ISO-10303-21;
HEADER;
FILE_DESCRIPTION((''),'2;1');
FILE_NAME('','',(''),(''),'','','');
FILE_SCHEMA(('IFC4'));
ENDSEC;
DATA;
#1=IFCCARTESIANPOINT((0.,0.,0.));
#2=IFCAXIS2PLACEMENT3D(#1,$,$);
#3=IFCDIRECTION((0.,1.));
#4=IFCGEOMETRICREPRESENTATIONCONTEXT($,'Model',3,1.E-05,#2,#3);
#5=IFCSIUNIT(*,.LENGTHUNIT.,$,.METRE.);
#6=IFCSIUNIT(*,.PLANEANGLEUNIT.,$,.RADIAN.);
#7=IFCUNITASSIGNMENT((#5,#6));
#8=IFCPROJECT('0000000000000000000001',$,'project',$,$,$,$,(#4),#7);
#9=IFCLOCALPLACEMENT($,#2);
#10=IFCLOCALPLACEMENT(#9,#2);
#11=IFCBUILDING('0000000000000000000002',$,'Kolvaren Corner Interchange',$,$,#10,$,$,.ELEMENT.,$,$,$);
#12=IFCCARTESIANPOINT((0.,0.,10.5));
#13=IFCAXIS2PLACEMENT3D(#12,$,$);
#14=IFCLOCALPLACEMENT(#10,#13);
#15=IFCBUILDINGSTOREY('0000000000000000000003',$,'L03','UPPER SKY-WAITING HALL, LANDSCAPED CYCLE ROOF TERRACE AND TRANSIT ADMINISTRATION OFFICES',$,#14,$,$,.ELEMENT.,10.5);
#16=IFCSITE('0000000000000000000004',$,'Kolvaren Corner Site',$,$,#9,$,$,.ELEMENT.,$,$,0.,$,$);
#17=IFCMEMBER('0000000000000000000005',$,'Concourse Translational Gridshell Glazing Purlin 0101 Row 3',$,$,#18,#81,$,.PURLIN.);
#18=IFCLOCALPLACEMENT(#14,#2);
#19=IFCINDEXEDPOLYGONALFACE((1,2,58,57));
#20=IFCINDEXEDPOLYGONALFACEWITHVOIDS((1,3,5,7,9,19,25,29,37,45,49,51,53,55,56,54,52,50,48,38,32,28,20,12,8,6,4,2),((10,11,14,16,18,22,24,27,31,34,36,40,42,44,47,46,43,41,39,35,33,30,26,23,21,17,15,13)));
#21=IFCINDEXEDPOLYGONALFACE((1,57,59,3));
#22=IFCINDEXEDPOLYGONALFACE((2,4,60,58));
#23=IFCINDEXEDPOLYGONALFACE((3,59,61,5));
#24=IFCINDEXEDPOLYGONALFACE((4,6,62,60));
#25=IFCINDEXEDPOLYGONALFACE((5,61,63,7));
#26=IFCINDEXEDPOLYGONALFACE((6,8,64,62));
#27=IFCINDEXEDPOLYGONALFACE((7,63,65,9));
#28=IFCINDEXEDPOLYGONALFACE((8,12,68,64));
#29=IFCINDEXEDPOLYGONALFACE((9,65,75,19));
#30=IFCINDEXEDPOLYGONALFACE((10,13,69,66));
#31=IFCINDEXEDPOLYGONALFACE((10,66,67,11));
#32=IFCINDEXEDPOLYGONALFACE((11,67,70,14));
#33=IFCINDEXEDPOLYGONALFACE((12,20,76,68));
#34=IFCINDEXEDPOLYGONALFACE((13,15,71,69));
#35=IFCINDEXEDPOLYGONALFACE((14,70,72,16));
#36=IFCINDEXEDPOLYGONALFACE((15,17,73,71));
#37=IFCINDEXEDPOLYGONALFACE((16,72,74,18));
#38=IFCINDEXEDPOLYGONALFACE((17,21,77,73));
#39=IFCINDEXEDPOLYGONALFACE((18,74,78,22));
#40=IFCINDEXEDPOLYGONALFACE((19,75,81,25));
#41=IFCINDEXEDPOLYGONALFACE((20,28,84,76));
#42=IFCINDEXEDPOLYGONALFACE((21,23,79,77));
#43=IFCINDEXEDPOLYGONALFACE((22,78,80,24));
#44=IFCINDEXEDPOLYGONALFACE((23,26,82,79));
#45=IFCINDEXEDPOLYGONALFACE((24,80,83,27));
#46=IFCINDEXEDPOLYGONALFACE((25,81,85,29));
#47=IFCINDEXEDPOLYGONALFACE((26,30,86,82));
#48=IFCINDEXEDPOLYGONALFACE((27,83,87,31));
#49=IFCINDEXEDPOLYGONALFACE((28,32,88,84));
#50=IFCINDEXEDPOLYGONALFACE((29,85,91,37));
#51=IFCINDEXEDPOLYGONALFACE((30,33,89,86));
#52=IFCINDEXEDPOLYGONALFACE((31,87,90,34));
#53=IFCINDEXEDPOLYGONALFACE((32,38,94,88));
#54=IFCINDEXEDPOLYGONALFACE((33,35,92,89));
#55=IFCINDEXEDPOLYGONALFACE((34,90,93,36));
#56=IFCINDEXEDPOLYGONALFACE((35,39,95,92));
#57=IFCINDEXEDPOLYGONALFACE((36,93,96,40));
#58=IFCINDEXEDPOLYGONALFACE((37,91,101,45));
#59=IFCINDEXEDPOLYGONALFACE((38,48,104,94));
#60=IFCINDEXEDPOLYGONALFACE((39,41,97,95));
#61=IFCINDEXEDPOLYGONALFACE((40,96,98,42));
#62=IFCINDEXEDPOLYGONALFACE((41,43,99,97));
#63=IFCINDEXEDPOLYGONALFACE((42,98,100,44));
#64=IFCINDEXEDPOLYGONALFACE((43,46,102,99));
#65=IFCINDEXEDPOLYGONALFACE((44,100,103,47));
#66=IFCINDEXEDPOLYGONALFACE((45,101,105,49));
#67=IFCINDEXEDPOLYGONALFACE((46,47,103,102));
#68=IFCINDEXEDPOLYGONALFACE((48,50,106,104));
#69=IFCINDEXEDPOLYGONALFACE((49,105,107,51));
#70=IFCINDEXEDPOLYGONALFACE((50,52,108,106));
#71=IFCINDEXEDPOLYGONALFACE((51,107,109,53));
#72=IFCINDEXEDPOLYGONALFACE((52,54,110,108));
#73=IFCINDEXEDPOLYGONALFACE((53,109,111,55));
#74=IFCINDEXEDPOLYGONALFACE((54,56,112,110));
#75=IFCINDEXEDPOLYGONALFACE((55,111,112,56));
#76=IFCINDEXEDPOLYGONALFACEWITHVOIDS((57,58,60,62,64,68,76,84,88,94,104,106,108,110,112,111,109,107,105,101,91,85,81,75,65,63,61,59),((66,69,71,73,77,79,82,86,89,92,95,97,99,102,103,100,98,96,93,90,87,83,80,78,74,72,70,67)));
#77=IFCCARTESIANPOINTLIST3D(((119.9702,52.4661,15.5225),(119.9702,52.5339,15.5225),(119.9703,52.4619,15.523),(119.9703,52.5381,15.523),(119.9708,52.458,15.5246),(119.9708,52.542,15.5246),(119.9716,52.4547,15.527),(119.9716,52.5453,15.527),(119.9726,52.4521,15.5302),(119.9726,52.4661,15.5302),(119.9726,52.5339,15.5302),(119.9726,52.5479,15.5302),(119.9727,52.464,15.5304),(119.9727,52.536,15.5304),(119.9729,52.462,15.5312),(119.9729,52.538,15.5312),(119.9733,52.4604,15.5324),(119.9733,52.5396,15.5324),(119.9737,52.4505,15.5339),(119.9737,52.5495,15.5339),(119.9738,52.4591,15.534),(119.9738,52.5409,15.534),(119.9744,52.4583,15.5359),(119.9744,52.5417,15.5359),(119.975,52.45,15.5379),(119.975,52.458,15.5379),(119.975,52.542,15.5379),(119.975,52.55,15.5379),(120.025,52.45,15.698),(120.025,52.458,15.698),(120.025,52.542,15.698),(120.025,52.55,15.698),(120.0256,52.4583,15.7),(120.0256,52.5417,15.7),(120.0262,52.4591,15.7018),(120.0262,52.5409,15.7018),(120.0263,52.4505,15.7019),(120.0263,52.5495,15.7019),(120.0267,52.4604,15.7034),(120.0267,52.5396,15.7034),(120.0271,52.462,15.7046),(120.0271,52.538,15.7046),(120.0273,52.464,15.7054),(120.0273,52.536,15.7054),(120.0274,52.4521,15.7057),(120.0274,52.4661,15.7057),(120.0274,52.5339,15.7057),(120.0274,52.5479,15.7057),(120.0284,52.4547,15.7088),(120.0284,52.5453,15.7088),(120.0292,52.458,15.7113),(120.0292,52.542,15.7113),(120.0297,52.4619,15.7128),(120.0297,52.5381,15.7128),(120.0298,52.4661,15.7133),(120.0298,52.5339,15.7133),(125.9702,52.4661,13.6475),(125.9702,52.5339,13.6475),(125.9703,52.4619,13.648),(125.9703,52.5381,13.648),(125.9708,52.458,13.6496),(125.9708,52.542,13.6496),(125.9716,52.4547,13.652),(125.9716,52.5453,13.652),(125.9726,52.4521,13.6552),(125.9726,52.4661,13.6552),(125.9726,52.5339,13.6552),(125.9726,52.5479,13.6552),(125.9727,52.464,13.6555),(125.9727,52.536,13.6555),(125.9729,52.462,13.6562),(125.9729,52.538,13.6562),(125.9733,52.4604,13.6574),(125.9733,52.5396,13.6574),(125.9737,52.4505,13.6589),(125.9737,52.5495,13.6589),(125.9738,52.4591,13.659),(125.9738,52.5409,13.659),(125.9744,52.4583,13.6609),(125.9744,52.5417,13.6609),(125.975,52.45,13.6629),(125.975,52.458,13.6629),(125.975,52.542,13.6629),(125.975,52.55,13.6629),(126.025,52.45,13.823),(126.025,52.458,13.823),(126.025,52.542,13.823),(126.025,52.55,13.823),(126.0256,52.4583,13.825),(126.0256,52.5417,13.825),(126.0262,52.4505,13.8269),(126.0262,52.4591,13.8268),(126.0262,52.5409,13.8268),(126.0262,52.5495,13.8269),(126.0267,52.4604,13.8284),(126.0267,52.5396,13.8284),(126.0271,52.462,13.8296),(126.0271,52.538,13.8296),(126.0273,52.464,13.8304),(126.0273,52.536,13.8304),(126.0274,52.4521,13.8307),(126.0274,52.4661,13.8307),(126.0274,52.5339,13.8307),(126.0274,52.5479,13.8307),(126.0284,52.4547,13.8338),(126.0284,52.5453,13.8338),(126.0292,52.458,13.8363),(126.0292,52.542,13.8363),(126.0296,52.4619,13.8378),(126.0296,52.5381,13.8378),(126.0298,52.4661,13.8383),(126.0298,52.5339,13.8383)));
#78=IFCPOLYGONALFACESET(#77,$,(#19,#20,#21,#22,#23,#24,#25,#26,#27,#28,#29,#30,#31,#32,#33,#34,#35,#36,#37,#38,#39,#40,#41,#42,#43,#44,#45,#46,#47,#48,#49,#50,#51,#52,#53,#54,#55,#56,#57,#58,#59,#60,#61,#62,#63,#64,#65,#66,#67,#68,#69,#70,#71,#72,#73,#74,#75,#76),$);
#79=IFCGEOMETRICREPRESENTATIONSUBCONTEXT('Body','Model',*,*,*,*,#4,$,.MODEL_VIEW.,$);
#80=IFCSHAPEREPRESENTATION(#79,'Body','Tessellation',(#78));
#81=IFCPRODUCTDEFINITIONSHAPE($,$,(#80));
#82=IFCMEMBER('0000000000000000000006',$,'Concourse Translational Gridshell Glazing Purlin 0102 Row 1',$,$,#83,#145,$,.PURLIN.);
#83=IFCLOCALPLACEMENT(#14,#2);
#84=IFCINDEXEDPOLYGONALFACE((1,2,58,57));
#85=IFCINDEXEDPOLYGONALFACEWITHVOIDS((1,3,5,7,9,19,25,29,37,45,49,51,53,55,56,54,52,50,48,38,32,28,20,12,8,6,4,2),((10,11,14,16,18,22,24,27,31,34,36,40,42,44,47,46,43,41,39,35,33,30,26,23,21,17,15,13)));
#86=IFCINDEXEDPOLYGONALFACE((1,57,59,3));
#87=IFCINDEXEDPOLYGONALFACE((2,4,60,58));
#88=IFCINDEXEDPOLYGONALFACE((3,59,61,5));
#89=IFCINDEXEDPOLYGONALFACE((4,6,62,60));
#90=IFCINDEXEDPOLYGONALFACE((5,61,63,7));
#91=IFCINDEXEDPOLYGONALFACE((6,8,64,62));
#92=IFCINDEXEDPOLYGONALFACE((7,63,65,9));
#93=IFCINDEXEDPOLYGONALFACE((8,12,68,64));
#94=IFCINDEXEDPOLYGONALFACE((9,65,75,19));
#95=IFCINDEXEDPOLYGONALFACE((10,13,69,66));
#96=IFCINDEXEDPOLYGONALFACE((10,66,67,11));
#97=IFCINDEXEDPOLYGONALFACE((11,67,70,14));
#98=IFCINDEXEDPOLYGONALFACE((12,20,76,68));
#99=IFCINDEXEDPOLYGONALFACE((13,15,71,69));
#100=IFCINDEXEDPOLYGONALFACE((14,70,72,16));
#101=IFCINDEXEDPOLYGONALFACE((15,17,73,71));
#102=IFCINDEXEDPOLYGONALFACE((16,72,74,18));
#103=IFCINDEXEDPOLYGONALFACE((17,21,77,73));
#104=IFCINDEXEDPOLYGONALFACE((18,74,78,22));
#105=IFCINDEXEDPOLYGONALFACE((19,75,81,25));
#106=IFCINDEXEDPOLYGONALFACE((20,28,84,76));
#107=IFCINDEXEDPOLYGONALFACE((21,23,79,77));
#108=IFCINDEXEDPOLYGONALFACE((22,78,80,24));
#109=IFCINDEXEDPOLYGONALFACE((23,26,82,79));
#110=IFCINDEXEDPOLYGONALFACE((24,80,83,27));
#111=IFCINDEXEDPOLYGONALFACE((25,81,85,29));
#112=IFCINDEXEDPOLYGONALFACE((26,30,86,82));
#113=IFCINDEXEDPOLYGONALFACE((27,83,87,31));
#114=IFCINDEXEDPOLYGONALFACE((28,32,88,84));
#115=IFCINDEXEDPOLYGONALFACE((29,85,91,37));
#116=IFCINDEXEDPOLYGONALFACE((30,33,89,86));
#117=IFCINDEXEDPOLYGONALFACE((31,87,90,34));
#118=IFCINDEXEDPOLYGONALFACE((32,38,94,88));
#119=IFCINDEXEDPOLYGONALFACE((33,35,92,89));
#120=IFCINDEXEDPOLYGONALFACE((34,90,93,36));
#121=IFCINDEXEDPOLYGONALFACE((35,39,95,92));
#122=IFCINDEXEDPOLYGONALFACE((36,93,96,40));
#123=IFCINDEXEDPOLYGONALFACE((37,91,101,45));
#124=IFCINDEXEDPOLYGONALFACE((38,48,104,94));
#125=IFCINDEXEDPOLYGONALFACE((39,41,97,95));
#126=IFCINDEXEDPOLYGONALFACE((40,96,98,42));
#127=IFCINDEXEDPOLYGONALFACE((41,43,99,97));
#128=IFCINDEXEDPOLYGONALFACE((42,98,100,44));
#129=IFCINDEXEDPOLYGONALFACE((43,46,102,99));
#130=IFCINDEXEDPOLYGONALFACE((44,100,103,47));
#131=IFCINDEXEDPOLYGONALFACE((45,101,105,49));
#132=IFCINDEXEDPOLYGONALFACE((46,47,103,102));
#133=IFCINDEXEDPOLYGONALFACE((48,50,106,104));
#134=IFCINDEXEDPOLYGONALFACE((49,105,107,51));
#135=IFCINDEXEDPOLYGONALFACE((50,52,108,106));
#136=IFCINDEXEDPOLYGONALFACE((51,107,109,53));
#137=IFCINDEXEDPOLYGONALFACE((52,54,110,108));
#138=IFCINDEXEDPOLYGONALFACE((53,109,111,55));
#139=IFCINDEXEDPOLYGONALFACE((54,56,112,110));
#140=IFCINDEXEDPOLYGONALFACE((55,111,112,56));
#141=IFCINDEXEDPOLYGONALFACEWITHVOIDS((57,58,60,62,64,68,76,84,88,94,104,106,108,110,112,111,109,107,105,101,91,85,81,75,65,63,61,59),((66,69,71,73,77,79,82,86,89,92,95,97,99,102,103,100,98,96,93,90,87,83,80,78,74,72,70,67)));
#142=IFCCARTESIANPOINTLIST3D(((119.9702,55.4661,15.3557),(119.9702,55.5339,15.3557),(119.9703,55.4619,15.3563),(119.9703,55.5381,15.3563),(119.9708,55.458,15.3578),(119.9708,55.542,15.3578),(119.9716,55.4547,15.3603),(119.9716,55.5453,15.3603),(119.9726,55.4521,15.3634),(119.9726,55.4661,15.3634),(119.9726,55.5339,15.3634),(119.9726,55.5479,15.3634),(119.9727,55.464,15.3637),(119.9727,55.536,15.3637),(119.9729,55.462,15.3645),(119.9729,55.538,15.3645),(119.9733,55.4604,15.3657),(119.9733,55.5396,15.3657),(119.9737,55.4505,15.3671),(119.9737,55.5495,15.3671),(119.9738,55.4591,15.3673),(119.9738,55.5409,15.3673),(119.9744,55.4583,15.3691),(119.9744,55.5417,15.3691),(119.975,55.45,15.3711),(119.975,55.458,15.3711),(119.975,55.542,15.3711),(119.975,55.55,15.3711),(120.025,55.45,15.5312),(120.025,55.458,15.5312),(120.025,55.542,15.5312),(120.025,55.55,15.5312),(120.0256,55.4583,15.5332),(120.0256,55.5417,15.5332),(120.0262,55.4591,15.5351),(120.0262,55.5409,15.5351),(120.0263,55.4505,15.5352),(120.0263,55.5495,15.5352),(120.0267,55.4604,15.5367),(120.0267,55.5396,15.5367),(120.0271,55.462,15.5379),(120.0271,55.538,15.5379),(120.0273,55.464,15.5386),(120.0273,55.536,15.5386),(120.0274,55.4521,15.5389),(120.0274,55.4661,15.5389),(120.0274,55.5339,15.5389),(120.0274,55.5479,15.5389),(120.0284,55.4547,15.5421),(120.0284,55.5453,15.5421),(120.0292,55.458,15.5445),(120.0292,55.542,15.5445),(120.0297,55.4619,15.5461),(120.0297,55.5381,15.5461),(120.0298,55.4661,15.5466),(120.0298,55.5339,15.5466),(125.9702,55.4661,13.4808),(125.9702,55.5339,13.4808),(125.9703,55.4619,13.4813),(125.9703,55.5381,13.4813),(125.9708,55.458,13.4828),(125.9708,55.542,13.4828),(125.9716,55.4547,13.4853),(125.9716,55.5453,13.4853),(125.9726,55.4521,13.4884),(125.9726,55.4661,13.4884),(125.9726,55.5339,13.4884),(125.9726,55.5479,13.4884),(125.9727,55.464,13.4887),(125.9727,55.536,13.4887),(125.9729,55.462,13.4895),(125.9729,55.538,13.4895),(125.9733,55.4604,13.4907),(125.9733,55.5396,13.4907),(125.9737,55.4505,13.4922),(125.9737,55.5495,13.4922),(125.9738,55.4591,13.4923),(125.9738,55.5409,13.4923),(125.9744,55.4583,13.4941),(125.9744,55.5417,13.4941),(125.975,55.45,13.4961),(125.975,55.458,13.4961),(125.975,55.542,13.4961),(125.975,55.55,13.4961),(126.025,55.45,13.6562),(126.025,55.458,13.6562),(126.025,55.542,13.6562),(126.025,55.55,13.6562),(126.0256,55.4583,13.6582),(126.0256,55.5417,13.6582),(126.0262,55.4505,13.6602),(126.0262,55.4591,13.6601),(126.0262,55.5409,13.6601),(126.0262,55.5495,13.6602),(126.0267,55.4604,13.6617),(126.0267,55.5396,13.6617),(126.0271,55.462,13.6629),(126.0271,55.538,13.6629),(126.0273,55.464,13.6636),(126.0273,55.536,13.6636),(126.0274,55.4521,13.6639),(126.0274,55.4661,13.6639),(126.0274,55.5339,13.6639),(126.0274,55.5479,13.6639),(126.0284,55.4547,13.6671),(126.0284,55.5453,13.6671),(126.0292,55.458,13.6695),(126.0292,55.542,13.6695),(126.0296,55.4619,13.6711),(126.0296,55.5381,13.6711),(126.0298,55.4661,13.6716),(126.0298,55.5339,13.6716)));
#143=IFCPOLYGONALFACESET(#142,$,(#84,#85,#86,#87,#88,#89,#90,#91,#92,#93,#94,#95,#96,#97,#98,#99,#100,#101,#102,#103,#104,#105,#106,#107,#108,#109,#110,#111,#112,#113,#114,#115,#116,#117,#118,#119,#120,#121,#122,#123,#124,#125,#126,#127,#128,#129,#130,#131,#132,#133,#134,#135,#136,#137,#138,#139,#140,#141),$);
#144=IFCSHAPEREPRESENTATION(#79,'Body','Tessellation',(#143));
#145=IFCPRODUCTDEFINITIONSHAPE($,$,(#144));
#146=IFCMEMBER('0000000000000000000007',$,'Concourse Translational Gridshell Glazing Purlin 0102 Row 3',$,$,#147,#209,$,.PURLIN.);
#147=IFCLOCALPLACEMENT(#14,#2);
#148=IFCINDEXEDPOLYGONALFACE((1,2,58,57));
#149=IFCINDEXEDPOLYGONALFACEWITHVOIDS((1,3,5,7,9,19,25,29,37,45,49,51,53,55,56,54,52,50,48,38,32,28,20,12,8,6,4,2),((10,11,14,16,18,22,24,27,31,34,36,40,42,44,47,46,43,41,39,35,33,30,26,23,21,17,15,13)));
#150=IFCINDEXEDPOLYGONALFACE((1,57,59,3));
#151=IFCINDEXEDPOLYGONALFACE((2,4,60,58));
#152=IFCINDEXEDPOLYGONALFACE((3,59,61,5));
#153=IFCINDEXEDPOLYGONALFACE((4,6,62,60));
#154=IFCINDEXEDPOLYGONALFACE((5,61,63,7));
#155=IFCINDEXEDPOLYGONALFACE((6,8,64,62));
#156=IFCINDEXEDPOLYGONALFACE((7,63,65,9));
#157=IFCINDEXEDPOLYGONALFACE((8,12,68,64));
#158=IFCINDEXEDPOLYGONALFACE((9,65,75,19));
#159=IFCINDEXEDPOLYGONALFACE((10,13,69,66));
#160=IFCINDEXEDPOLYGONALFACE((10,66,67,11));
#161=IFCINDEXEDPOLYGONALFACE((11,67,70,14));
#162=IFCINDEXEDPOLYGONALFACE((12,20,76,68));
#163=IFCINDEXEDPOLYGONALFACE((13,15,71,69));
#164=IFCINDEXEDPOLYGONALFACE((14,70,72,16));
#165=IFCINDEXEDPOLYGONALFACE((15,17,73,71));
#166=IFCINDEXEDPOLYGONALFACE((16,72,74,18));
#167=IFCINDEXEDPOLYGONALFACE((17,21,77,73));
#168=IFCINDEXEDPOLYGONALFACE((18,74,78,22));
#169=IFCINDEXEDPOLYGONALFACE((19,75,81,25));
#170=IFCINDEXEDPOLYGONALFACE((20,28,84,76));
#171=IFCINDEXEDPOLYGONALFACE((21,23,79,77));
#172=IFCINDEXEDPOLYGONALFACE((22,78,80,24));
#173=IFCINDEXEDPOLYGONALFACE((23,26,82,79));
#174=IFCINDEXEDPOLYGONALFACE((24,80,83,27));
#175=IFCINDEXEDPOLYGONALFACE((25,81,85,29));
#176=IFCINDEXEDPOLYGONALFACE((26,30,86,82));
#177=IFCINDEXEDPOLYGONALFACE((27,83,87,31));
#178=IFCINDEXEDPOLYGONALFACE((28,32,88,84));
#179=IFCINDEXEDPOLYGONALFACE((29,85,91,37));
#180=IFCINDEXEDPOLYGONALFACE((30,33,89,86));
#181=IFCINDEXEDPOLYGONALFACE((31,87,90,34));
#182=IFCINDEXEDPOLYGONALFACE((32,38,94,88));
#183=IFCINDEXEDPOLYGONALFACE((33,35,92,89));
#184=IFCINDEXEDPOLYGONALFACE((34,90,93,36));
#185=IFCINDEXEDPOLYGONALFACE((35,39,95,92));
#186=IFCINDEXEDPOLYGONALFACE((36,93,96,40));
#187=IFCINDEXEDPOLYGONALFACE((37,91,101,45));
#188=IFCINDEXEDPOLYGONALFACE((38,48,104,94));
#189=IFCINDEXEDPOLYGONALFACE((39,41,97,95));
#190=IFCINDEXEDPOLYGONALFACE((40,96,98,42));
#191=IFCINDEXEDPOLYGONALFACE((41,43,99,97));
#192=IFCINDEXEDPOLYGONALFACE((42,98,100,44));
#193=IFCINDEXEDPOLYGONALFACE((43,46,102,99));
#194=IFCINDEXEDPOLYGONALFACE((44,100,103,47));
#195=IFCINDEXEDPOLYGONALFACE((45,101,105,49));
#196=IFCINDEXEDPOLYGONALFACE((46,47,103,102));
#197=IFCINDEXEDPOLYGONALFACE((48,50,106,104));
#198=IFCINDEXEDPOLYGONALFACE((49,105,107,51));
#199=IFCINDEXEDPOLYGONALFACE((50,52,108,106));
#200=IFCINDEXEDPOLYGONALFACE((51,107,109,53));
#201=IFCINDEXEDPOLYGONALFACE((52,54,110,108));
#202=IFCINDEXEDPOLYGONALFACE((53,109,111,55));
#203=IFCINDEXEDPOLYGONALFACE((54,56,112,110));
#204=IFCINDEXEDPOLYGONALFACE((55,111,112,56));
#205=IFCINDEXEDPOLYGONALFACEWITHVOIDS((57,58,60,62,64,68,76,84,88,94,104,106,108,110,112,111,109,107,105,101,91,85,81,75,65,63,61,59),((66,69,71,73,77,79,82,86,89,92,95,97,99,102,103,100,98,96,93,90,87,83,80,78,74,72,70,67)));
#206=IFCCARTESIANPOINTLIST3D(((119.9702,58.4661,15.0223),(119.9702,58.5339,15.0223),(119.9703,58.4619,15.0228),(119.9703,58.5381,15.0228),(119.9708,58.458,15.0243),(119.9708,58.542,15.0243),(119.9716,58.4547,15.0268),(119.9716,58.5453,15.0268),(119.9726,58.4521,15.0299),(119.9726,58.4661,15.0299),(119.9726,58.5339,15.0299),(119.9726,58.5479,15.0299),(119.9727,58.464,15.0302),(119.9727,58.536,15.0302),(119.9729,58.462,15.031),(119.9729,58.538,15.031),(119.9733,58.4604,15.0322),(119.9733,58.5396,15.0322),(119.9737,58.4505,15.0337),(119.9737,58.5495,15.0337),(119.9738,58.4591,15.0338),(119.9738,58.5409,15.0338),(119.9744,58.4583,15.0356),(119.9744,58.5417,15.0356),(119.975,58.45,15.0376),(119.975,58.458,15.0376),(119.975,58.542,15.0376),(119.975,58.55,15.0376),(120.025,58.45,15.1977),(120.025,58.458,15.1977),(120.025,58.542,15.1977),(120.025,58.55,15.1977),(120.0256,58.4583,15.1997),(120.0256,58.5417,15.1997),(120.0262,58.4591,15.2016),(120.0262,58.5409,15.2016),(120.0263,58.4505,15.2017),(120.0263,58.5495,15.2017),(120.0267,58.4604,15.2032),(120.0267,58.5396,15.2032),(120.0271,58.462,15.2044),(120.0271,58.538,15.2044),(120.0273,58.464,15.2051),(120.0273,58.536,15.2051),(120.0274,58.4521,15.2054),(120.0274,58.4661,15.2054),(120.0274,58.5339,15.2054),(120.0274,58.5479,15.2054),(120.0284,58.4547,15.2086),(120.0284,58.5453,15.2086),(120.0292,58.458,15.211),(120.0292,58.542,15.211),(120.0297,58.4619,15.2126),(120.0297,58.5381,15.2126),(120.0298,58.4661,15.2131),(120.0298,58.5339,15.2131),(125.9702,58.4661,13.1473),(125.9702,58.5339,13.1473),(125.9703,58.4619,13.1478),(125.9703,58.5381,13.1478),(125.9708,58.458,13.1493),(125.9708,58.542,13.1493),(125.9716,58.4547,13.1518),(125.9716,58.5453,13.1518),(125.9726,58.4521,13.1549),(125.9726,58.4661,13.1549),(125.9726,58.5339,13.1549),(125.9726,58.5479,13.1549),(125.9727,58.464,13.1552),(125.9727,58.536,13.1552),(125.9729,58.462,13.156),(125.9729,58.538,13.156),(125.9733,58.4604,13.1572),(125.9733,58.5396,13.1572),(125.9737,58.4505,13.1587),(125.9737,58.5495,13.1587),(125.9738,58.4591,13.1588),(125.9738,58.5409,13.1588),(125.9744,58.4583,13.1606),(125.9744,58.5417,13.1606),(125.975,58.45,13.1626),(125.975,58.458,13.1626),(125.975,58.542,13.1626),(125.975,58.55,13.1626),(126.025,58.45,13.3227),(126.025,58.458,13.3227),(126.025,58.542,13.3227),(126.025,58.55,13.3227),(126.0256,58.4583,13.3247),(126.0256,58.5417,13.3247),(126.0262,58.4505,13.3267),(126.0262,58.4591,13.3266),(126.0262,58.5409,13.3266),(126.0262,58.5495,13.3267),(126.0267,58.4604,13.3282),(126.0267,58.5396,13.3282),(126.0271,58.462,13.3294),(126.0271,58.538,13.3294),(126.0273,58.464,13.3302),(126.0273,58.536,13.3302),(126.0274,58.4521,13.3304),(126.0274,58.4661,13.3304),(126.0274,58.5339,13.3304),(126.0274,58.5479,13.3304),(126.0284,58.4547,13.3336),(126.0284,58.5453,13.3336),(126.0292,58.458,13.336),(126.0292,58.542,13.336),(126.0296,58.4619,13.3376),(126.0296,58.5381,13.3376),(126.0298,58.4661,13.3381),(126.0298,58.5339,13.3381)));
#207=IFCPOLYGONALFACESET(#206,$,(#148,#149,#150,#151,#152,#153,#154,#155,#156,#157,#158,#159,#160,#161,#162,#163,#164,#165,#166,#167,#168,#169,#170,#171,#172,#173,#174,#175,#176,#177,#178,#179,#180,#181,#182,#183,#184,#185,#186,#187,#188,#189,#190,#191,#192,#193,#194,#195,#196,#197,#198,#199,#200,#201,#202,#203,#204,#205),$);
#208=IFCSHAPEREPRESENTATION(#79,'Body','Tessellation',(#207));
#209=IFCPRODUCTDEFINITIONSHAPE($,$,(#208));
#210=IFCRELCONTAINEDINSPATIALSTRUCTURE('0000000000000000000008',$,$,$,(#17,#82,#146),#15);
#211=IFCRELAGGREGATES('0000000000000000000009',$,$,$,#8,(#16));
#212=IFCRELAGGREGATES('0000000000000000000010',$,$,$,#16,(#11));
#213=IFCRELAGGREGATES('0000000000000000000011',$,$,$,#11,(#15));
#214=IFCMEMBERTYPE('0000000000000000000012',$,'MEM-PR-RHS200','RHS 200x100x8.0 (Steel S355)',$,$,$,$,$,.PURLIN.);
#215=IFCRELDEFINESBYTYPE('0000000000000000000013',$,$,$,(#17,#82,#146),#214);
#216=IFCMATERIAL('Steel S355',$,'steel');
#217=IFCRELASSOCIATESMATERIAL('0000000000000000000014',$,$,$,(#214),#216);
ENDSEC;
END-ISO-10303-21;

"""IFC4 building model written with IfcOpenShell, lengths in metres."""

from ifc_helpers import new_model, si_unit, direction, frame, origin, origin_2d, place, context, subcontext, project, spatial, hollow_rectangle, extrude, material, material_profile, profile_set, type_object, element, save


model = new_model("IFC4")

# Units and contexts
model_context = context("Model", 3, precision=1e-05, world=origin(), true_north=direction((0.0, 1.0)))
body_context = subcontext(model_context, "Body", "Model", "MODEL_VIEW")
ifc_project = project(units=[si_unit("LENGTHUNIT", "METRE"), si_unit("PLANEANGLEUNIT", "RADIAN")], contexts=[model_context])

# Site, building, storey
site_placement = place(None, origin())
site = spatial("IfcSite", under=ifc_project, at=site_placement, Name="Kolvaren Corner Site", CompositionType="ELEMENT", RefElevation=0.0)
building_placement = place(site_placement, origin())
building = spatial("IfcBuilding", under=site, at=building_placement, Name="Kolvaren Corner Interchange", CompositionType="ELEMENT")
storey_placement = place(building_placement, frame((0.0, 0.0, 10.5)))
storey = spatial("IfcBuildingStorey", under=building, at=storey_placement, Name="L03", Description="UPPER SKY-WAITING HALL, LANDSCAPED CYCLE ROOF TERRACE AND TRANSIT ADMINISTRATION OFFICES", CompositionType="ELEMENT", Elevation=10.5)

# Members
ifc_material_1 = material(Name="Steel S355", Category="steel")
ifc_material_profile_1 = material_profile(ifc_material_1, hollow_rectangle(XDim=0.1001, YDim=0.2, WallThickness=0.0081, InnerFilletRadius=0.0081, OuterFilletRadius=0.0161, at=origin_2d()), Name="RHS 200x100x8.0")
ifc_profile_set_1 = profile_set([ifc_material_profile_1], Name="Steel S355")
member_type_1 = type_object("IfcMemberType", Name="MEM-PR-RHS200", Description="RHS 200x100x8.0 (Steel S355)", PredefinedType="PURLIN", material=ifc_profile_set_1)
for number, where, z_axis, x_axis, name in (
    (1, (120.0, 52.5, 15.6179), (0.95448, 0.0, -0.298275), (0.0, 1.0, 0.0), "Concourse Translational Gridshell Glazing Purlin 0101 Row 3"),
    (2, (120.0, 55.5, 15.4512), (0.95448, 0.0, -0.298275), (0.0, 1.0, 0.0), "Concourse Translational Gridshell Glazing Purlin 0102 Row 1"),
    (3, (120.0, 58.5, 15.1177), (0.95448, 0.0, -0.298275), (0.0, 1.0, 0.0), "Concourse Translational Gridshell Glazing Purlin 0102 Row 3"),
):
    element("IfcMember", number, at=place(storey_placement, frame(where, z_axis=z_axis, x_axis=x_axis)), inside=storey, type_object=member_type_1, Name=name, PredefinedType="PURLIN", context=body_context, shape_type="SweptSolid", body=[
        extrude(hollow_rectangle(XDim=0.1001, YDim=0.2, WallThickness=0.0081, InnerFilletRadius=0.0081, OuterFilletRadius=0.0161, at=origin_2d()), origin(), (0.0, 0.0, 1.0), 6.2861),
    ])

save(model, "model.ifc")
